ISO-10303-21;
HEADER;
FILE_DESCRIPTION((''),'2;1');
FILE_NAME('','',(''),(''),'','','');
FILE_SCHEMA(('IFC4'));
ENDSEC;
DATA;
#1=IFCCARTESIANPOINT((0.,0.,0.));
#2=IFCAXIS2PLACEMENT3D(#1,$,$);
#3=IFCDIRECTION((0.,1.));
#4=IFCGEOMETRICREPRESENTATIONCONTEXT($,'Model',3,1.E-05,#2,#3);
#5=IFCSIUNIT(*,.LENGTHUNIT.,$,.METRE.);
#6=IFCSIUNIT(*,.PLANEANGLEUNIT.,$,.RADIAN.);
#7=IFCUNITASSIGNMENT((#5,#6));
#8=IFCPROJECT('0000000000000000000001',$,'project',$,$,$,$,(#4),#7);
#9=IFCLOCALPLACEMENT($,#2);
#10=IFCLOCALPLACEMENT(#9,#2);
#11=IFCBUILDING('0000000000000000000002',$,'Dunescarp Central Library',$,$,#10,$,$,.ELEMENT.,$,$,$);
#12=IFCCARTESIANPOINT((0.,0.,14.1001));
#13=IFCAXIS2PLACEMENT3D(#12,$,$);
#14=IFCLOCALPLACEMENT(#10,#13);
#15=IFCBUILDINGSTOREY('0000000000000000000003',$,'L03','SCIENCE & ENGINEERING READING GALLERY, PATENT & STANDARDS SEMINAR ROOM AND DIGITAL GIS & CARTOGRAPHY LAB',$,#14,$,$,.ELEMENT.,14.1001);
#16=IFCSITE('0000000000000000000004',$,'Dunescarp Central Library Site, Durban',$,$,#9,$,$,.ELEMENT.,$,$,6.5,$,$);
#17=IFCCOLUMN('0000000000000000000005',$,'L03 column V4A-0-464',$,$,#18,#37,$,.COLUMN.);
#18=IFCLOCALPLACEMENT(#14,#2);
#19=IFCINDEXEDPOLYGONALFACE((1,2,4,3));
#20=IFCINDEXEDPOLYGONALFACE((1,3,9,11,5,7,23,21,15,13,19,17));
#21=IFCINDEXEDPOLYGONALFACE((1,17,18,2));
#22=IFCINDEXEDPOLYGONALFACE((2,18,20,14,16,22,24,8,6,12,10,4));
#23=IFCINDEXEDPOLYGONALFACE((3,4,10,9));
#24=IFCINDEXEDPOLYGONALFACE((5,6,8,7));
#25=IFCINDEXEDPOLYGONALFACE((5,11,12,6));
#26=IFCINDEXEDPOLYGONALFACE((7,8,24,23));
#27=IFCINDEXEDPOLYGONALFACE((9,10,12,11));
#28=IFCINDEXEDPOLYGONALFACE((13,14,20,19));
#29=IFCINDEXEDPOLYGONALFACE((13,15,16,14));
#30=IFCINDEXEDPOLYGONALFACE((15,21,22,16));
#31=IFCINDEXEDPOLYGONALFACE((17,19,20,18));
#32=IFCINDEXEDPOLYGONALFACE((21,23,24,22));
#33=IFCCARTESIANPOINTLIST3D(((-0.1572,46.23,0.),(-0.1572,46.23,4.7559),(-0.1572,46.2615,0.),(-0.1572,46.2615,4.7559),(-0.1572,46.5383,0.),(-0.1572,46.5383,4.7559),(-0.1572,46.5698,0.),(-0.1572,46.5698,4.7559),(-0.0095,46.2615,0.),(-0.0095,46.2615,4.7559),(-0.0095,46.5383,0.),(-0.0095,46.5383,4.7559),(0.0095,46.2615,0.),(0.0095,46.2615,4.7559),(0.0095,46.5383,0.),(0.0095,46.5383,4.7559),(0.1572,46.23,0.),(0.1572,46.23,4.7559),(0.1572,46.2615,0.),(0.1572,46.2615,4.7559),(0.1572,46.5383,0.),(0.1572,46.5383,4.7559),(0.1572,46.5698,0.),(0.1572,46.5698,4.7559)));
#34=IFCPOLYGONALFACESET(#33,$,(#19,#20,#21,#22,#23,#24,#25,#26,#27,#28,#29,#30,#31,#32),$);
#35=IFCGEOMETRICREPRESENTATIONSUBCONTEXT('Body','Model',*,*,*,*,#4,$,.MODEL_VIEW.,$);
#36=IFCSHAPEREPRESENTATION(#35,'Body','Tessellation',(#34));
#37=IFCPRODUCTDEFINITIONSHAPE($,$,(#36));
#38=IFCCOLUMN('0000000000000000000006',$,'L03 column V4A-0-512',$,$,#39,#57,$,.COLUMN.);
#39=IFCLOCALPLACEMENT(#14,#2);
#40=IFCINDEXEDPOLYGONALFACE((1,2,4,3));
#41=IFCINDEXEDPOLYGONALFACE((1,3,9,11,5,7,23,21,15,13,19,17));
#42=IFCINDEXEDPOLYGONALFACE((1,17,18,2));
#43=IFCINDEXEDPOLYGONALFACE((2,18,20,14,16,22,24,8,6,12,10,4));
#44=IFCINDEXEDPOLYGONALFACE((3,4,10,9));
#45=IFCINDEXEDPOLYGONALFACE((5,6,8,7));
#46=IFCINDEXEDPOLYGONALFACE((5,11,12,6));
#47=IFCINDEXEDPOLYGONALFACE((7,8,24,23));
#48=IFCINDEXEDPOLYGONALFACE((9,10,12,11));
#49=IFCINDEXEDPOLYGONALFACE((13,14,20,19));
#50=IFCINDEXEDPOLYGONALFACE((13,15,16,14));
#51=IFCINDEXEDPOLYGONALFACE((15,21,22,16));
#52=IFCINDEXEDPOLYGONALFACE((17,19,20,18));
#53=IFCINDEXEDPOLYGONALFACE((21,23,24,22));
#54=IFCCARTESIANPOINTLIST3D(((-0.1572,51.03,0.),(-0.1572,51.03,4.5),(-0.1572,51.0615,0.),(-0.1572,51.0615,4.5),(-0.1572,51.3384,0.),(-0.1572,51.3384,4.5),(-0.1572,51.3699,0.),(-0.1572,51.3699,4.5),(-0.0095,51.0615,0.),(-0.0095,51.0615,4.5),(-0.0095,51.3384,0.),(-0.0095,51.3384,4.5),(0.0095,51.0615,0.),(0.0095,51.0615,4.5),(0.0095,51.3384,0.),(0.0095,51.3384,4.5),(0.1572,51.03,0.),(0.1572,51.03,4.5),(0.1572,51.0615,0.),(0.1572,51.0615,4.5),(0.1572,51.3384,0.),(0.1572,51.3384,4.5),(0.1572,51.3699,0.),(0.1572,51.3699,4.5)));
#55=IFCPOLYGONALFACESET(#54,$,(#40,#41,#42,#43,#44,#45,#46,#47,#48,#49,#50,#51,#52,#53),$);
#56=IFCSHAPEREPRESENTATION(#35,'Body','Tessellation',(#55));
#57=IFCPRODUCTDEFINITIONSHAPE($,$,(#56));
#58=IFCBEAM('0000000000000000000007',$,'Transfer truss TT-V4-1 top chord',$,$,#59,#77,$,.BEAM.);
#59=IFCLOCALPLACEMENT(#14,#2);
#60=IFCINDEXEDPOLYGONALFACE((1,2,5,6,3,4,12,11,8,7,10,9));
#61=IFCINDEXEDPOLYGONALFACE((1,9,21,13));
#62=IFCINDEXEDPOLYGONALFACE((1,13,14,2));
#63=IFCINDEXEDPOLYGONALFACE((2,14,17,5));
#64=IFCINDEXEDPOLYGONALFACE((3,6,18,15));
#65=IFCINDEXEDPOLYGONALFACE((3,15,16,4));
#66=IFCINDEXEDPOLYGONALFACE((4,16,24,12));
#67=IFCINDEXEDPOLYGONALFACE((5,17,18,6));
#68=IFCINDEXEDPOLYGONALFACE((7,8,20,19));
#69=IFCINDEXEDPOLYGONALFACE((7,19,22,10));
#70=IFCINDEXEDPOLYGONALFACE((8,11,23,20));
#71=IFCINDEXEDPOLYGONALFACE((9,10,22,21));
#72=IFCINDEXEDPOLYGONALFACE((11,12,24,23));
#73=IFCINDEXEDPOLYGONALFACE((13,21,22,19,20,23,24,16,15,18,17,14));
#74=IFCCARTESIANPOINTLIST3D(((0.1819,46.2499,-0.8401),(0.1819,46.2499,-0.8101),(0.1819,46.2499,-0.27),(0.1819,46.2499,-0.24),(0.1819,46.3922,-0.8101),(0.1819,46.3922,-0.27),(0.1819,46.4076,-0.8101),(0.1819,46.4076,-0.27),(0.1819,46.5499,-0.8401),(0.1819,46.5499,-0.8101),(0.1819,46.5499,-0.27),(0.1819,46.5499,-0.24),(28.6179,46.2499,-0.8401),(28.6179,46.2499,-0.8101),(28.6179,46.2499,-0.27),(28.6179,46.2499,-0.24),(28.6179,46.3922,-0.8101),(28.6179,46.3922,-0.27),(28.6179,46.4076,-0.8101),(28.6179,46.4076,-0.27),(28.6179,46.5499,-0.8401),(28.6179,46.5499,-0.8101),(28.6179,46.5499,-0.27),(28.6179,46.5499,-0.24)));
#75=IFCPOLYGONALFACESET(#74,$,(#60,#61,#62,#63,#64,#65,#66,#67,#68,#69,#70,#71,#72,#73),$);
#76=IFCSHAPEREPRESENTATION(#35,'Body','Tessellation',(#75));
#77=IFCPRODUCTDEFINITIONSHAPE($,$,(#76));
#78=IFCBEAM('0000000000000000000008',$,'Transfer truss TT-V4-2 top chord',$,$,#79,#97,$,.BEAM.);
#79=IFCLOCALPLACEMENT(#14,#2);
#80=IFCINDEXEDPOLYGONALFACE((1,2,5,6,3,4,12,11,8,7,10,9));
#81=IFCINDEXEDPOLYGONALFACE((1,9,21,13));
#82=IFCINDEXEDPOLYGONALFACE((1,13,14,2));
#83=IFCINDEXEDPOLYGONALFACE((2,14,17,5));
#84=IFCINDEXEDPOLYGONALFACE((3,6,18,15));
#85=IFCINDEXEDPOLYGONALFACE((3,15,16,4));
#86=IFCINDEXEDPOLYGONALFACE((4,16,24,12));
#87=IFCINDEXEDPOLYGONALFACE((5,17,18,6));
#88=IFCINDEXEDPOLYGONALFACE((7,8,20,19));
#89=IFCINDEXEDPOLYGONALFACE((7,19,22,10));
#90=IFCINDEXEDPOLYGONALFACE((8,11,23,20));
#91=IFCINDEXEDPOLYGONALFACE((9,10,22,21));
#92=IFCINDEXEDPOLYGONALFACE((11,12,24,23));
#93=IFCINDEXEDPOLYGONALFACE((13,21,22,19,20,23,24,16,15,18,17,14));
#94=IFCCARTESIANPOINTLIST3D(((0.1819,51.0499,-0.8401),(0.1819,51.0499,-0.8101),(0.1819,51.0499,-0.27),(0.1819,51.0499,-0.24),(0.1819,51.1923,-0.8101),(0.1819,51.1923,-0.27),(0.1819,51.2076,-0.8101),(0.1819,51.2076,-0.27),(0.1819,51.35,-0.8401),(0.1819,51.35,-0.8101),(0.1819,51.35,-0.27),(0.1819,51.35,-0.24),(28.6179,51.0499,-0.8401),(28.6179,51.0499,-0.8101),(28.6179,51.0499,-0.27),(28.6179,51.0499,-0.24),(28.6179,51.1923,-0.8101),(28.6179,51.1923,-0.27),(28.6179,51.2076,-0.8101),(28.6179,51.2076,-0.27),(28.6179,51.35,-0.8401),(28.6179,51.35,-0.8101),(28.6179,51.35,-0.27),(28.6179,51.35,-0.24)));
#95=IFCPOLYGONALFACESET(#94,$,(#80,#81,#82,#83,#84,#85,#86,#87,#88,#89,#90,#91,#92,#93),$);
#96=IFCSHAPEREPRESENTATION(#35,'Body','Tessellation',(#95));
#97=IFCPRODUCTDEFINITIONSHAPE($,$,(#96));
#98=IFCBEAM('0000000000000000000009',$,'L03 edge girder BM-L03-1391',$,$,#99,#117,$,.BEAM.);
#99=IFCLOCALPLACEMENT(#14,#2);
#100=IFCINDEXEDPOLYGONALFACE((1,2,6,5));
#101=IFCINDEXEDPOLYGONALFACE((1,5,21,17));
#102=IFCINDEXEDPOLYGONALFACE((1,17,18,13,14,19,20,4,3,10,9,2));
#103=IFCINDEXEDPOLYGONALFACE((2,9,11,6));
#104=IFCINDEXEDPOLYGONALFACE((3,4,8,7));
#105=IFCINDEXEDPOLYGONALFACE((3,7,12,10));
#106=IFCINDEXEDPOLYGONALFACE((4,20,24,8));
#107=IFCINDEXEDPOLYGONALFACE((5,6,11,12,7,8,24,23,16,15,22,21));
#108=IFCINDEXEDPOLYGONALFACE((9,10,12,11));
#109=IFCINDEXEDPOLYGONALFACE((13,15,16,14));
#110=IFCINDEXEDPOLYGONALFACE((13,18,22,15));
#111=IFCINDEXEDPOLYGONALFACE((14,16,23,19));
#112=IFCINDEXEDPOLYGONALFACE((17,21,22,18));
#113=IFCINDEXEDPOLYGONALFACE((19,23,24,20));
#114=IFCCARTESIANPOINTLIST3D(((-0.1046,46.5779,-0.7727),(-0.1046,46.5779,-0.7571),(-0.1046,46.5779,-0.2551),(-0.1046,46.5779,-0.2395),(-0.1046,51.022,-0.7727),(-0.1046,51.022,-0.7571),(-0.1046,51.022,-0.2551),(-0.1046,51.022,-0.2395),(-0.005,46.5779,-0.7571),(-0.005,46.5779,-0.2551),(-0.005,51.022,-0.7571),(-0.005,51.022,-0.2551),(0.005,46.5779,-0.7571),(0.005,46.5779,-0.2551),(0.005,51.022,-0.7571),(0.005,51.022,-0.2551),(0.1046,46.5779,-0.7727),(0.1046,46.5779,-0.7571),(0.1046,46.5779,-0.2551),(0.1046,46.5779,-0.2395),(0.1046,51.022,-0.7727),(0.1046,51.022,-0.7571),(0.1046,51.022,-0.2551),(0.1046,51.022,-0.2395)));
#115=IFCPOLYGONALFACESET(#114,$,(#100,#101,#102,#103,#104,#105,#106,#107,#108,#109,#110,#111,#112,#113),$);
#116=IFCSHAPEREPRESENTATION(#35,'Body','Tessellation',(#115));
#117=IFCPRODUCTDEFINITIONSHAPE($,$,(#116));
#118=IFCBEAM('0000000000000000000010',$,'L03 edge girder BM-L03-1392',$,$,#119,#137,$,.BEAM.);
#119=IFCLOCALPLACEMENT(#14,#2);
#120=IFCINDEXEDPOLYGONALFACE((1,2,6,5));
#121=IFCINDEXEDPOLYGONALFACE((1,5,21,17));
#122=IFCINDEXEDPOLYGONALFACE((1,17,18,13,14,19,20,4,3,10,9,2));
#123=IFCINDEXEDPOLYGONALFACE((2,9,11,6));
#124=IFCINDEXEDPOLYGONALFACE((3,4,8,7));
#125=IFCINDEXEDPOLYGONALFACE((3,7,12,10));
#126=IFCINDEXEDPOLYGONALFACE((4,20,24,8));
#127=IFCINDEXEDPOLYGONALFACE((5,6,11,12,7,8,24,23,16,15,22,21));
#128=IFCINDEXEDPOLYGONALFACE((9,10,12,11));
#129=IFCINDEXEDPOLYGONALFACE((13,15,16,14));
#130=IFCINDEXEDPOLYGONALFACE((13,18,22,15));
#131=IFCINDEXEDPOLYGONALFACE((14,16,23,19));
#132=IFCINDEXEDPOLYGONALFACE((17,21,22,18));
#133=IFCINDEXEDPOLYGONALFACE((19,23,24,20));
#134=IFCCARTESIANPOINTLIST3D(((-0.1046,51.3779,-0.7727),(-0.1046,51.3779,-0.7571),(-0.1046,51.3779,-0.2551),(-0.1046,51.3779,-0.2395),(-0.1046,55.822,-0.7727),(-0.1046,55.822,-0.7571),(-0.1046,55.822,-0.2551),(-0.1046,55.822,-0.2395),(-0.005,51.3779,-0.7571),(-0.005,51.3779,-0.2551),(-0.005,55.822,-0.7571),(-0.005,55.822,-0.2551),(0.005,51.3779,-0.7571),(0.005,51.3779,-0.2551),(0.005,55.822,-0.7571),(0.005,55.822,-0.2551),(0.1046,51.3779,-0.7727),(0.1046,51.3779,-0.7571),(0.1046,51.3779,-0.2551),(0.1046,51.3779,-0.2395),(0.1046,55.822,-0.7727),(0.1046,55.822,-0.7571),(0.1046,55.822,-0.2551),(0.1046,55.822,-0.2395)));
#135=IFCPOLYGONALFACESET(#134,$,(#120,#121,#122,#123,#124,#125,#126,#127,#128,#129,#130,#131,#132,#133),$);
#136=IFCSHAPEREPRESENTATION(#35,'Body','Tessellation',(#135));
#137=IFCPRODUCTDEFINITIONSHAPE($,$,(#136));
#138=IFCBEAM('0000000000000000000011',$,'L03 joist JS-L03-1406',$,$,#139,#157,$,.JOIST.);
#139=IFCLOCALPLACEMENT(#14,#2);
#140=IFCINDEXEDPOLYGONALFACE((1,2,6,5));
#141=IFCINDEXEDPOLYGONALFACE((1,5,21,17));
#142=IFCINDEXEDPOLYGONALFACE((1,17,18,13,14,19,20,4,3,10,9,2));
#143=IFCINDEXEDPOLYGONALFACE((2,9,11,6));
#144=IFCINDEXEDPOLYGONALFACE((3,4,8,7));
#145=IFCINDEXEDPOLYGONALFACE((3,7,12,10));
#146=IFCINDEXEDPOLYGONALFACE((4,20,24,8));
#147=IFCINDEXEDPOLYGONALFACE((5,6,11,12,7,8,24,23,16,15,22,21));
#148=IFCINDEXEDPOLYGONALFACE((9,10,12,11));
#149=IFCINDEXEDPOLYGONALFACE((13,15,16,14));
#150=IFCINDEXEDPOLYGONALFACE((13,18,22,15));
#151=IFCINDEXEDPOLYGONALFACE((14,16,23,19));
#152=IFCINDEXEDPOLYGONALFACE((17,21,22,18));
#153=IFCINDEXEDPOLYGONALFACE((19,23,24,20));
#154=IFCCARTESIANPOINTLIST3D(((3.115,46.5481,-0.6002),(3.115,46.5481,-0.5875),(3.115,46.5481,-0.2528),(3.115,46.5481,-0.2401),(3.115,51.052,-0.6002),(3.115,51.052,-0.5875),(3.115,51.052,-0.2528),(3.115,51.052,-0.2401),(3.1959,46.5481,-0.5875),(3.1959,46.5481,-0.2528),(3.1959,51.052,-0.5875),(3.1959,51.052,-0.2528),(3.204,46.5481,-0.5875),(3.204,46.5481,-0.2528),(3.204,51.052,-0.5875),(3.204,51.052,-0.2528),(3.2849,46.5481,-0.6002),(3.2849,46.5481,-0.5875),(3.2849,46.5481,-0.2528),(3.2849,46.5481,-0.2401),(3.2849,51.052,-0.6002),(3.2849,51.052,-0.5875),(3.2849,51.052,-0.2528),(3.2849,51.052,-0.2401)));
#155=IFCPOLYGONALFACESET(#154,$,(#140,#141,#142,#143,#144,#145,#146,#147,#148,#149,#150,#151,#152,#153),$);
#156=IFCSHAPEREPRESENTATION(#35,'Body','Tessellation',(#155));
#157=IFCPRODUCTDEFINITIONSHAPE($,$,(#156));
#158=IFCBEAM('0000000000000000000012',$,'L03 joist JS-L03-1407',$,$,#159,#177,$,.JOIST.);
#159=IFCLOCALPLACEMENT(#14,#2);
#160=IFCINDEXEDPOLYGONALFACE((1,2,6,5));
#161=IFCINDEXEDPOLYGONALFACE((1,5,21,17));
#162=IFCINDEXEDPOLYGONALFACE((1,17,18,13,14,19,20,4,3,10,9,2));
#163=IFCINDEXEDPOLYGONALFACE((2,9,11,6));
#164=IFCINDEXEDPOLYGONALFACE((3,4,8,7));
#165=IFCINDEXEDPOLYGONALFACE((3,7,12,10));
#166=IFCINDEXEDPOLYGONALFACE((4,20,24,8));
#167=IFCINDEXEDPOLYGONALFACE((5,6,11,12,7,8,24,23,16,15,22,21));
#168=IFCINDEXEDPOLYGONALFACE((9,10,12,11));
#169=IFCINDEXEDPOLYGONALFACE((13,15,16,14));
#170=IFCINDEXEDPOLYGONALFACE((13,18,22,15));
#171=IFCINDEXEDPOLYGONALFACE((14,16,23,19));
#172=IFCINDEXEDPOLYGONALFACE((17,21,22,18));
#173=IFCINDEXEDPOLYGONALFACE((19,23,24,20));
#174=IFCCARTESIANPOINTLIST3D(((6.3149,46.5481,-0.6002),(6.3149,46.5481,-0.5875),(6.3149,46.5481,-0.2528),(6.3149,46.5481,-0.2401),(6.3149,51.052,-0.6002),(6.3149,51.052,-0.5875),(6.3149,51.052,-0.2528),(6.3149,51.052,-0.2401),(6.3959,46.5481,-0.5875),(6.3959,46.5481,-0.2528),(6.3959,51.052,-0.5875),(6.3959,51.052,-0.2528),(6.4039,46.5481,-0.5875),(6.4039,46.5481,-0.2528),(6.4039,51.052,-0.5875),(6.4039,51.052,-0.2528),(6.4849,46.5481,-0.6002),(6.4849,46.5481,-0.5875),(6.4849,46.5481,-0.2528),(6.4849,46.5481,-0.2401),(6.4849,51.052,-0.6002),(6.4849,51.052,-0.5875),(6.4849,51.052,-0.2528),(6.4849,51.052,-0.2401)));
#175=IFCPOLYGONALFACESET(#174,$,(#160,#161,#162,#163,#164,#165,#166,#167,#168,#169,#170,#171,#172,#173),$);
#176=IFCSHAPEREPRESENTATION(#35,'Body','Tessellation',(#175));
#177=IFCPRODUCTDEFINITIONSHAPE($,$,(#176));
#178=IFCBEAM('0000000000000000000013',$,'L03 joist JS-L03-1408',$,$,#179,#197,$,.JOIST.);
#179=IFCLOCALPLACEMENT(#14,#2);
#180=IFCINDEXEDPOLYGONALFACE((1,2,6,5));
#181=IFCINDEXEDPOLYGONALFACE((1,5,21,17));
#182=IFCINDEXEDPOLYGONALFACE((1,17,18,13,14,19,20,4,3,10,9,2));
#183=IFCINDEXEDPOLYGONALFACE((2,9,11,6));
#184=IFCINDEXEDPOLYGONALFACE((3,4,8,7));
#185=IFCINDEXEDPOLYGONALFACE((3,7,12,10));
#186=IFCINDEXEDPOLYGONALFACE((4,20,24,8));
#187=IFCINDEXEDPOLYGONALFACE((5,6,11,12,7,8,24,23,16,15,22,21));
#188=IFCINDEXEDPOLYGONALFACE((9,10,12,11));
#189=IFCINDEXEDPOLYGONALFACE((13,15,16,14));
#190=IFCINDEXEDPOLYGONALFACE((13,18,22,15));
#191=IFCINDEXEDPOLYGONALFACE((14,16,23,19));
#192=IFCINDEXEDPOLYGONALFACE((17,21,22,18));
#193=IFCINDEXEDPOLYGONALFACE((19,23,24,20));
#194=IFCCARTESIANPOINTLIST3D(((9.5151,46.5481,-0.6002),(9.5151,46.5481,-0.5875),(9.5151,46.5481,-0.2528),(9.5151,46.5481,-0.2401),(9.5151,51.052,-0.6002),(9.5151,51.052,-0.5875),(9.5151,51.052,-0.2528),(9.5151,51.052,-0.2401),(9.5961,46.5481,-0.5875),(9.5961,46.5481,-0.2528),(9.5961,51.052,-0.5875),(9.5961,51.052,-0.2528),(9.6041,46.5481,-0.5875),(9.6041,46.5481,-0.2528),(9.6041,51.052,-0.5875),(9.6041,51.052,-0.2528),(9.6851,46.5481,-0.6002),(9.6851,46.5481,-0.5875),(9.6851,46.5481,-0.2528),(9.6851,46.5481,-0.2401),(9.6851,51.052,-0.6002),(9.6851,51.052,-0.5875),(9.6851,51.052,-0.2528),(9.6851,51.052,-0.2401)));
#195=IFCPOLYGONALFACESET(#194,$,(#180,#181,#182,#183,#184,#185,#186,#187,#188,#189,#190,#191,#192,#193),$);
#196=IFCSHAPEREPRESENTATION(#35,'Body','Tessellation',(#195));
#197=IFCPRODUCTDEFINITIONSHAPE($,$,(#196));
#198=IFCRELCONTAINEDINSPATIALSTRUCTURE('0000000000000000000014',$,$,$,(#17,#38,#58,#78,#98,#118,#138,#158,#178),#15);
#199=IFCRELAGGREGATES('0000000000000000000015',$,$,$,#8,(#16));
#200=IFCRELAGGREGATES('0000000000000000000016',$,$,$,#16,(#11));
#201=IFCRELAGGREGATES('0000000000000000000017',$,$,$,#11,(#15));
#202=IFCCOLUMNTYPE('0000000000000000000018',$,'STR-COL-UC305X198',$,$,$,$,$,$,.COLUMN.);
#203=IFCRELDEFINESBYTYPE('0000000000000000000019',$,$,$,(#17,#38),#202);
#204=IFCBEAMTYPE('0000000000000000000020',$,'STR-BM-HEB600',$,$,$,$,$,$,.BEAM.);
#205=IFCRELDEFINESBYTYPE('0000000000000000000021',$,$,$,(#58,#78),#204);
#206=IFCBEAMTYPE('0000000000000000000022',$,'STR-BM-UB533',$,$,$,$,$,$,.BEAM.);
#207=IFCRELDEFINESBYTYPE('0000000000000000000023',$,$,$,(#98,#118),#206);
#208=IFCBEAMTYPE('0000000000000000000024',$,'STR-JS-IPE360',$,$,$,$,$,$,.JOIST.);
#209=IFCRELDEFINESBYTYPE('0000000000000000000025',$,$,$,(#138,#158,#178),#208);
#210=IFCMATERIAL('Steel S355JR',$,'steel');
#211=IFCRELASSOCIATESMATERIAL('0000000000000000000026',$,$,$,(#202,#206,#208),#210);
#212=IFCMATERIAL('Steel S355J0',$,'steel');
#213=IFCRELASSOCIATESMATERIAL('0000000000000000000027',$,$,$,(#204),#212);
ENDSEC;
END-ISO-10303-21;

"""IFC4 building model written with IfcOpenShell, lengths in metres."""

from ifc_helpers import new_model, si_unit, direction, frame, origin, origin_2d, place, context, subcontext, project, spatial, i_section, extrude, material, material_profile, profile_set, type_object, element, save


model = new_model("IFC4")

# Units and contexts
model_context = context("Model", 3, precision=1e-05, world=origin(), true_north=direction((0.0, 1.0)))
body_context = subcontext(model_context, "Body", "Model", "MODEL_VIEW")
ifc_project = project(units=[si_unit("LENGTHUNIT", "METRE"), si_unit("PLANEANGLEUNIT", "RADIAN")], contexts=[model_context])

# Site, building, storey
site_placement = place(None, origin())
site = spatial("IfcSite", under=ifc_project, at=site_placement, Name="Dunescarp Central Library Site, Durban", CompositionType="ELEMENT", RefElevation=6.5)
building_placement = place(site_placement, origin())
building = spatial("IfcBuilding", under=site, at=building_placement, Name="Dunescarp Central Library", CompositionType="ELEMENT")
storey_placement = place(building_placement, frame((0.0, 0.0, 14.1001)))
storey = spatial("IfcBuildingStorey", under=building, at=storey_placement, Name="L03", Description="SCIENCE & ENGINEERING READING GALLERY, PATENT & STANDARDS SEMINAR ROOM AND DIGITAL GIS & CARTOGRAPHY LAB", CompositionType="ELEMENT", Elevation=14.1001)

# Columns
ifc_material_1 = material(Name="Steel S355JR", Category="steel")
ifc_material_profile_1 = material_profile(ifc_material_1, i_section(OverallWidth=0.3145, OverallDepth=0.3398, WebThickness=0.019, FlangeThickness=0.0315, at=origin_2d()), Name="UC 305x305x198")
ifc_profile_set_1 = profile_set([ifc_material_profile_1], Name="Steel S355JR")
column_type = type_object("IfcColumnType", Name="STR-COL-UC305X198", PredefinedType="COLUMN", material=ifc_profile_set_1)
column_1_placement = place(storey_placement, frame((0.0, 46.3999, 0.0), z_axis=(0.0, 0.0, 1.0), x_axis=(1.0, 0.0, 0.0)))
element("IfcColumn", 1, at=column_1_placement, inside=storey, type_object=column_type, Name="L03 column V4A-0-464", PredefinedType="COLUMN", context=body_context, shape_type="SweptSolid", body=[
    extrude(i_section(OverallWidth=0.3145, OverallDepth=0.3398, WebThickness=0.019, FlangeThickness=0.0315, at=origin_2d()), origin(), (0.0, 0.0, 1.0), 4.7559),
])
column_2_placement = place(storey_placement, frame((0.0, 51.2, 0.0), z_axis=(0.0, 0.0, 1.0), x_axis=(1.0, 0.0, 0.0)))
element("IfcColumn", 2, at=column_2_placement, inside=storey, type_object=column_type, Name="L03 column V4A-0-512", PredefinedType="COLUMN", context=body_context, shape_type="SweptSolid", body=[
    extrude(i_section(OverallWidth=0.3145, OverallDepth=0.3398, WebThickness=0.019, FlangeThickness=0.0315, at=origin_2d()), origin(), (0.0, 0.0, 1.0), 4.5),
])

# Beams
ifc_material_2 = material(Name="Steel S355J0", Category="steel")
ifc_material_profile_2 = material_profile(ifc_material_2, i_section(OverallWidth=0.3, OverallDepth=0.6001, WebThickness=0.0154, FlangeThickness=0.03, at=origin_2d()), Name="HEB 600")
ifc_profile_set_2 = profile_set([ifc_material_profile_2], Name="Steel S355J0")
beam_type_1 = type_object("IfcBeamType", Name="STR-BM-HEB600", PredefinedType="BEAM", material=ifc_profile_set_2)
for number, where, z_axis, x_axis, name in (
    (3, (0.1819, 46.3999, -0.54), (1.0, 0.0, 0.0), (0.0, 1.0, 0.0), "Transfer truss TT-V4-1 top chord"),
    (4, (0.1819, 51.2, -0.54), (1.0, 0.0, 0.0), (0.0, 1.0, 0.0), "Transfer truss TT-V4-2 top chord"),
):
    element("IfcBeam", number, at=place(storey_placement, frame(where, z_axis=z_axis, x_axis=x_axis)), inside=storey, type_object=beam_type_1, Name=name, PredefinedType="BEAM", context=body_context, shape_type="SweptSolid", body=[
        extrude(i_section(OverallWidth=0.3, OverallDepth=0.6001, WebThickness=0.0154, FlangeThickness=0.03, at=origin_2d()), origin(), (0.0, 0.0, 1.0), 28.436),
    ])
ifc_material_profile_3 = material_profile(ifc_material_1, i_section(OverallWidth=0.2092, OverallDepth=0.5332, WebThickness=0.01, FlangeThickness=0.0156, at=origin_2d()), Name="UB 533x210x92")
ifc_profile_set_3 = profile_set([ifc_material_profile_3], Name="Steel S355JR")
beam_type_2 = type_object("IfcBeamType", Name="STR-BM-UB533", PredefinedType="BEAM", material=ifc_profile_set_3)
for number, where, z_axis, x_axis, name in (
    (5, (0.0, 46.5779, -0.5061), (0.0, 1.0, 0.0), (-1.0, 0.0, 0.0), "L03 edge girder BM-L03-1391"),
    (6, (0.0, 51.3779, -0.5061), (0.0, 1.0, 0.0), (-1.0, 0.0, 0.0), "L03 edge girder BM-L03-1392"),
):
    element("IfcBeam", number, at=place(storey_placement, frame(where, z_axis=z_axis, x_axis=x_axis)), inside=storey, type_object=beam_type_2, Name=name, PredefinedType="BEAM", context=body_context, shape_type="SweptSolid", body=[
        extrude(i_section(OverallWidth=0.2092, OverallDepth=0.5332, WebThickness=0.01, FlangeThickness=0.0156, at=origin_2d()), origin(), (0.0, 0.0, 1.0), 4.4441),
    ])
ifc_material_profile_4 = material_profile(ifc_material_1, i_section(OverallWidth=0.1699, OverallDepth=0.3601, WebThickness=0.0081, FlangeThickness=0.0127, at=origin_2d()), Name="IPE 360")
ifc_profile_set_4 = profile_set([ifc_material_profile_4], Name="Steel S355JR")
beam_type_3 = type_object("IfcBeamType", Name="STR-JS-IPE360", PredefinedType="JOIST", material=ifc_profile_set_4)
for number, where, z_axis, x_axis, name in (
    (7, (3.2, 46.5481, -0.4202), (0.0, 1.0, 0.0), (-1.0, 0.0, 0.0), "L03 joist JS-L03-1406"),
    (8, (6.3999, 46.5481, -0.4202), (0.0, 1.0, 0.0), (-1.0, 0.0, 0.0), "L03 joist JS-L03-1407"),
    (9, (9.6001, 46.5481, -0.4202), (0.0, 1.0, 0.0), (-1.0, 0.0, 0.0), "L03 joist JS-L03-1408"),
):
    element("IfcBeam", number, at=place(storey_placement, frame(where, z_axis=z_axis, x_axis=x_axis)), inside=storey, type_object=beam_type_3, Name=name, PredefinedType="JOIST", context=body_context, shape_type="SweptSolid", body=[
        extrude(i_section(OverallWidth=0.1699, OverallDepth=0.3601, WebThickness=0.0081, FlangeThickness=0.0127, at=origin_2d()), origin(), (0.0, 0.0, 1.0), 4.5039),
    ])

save(model, "model.ifc")
